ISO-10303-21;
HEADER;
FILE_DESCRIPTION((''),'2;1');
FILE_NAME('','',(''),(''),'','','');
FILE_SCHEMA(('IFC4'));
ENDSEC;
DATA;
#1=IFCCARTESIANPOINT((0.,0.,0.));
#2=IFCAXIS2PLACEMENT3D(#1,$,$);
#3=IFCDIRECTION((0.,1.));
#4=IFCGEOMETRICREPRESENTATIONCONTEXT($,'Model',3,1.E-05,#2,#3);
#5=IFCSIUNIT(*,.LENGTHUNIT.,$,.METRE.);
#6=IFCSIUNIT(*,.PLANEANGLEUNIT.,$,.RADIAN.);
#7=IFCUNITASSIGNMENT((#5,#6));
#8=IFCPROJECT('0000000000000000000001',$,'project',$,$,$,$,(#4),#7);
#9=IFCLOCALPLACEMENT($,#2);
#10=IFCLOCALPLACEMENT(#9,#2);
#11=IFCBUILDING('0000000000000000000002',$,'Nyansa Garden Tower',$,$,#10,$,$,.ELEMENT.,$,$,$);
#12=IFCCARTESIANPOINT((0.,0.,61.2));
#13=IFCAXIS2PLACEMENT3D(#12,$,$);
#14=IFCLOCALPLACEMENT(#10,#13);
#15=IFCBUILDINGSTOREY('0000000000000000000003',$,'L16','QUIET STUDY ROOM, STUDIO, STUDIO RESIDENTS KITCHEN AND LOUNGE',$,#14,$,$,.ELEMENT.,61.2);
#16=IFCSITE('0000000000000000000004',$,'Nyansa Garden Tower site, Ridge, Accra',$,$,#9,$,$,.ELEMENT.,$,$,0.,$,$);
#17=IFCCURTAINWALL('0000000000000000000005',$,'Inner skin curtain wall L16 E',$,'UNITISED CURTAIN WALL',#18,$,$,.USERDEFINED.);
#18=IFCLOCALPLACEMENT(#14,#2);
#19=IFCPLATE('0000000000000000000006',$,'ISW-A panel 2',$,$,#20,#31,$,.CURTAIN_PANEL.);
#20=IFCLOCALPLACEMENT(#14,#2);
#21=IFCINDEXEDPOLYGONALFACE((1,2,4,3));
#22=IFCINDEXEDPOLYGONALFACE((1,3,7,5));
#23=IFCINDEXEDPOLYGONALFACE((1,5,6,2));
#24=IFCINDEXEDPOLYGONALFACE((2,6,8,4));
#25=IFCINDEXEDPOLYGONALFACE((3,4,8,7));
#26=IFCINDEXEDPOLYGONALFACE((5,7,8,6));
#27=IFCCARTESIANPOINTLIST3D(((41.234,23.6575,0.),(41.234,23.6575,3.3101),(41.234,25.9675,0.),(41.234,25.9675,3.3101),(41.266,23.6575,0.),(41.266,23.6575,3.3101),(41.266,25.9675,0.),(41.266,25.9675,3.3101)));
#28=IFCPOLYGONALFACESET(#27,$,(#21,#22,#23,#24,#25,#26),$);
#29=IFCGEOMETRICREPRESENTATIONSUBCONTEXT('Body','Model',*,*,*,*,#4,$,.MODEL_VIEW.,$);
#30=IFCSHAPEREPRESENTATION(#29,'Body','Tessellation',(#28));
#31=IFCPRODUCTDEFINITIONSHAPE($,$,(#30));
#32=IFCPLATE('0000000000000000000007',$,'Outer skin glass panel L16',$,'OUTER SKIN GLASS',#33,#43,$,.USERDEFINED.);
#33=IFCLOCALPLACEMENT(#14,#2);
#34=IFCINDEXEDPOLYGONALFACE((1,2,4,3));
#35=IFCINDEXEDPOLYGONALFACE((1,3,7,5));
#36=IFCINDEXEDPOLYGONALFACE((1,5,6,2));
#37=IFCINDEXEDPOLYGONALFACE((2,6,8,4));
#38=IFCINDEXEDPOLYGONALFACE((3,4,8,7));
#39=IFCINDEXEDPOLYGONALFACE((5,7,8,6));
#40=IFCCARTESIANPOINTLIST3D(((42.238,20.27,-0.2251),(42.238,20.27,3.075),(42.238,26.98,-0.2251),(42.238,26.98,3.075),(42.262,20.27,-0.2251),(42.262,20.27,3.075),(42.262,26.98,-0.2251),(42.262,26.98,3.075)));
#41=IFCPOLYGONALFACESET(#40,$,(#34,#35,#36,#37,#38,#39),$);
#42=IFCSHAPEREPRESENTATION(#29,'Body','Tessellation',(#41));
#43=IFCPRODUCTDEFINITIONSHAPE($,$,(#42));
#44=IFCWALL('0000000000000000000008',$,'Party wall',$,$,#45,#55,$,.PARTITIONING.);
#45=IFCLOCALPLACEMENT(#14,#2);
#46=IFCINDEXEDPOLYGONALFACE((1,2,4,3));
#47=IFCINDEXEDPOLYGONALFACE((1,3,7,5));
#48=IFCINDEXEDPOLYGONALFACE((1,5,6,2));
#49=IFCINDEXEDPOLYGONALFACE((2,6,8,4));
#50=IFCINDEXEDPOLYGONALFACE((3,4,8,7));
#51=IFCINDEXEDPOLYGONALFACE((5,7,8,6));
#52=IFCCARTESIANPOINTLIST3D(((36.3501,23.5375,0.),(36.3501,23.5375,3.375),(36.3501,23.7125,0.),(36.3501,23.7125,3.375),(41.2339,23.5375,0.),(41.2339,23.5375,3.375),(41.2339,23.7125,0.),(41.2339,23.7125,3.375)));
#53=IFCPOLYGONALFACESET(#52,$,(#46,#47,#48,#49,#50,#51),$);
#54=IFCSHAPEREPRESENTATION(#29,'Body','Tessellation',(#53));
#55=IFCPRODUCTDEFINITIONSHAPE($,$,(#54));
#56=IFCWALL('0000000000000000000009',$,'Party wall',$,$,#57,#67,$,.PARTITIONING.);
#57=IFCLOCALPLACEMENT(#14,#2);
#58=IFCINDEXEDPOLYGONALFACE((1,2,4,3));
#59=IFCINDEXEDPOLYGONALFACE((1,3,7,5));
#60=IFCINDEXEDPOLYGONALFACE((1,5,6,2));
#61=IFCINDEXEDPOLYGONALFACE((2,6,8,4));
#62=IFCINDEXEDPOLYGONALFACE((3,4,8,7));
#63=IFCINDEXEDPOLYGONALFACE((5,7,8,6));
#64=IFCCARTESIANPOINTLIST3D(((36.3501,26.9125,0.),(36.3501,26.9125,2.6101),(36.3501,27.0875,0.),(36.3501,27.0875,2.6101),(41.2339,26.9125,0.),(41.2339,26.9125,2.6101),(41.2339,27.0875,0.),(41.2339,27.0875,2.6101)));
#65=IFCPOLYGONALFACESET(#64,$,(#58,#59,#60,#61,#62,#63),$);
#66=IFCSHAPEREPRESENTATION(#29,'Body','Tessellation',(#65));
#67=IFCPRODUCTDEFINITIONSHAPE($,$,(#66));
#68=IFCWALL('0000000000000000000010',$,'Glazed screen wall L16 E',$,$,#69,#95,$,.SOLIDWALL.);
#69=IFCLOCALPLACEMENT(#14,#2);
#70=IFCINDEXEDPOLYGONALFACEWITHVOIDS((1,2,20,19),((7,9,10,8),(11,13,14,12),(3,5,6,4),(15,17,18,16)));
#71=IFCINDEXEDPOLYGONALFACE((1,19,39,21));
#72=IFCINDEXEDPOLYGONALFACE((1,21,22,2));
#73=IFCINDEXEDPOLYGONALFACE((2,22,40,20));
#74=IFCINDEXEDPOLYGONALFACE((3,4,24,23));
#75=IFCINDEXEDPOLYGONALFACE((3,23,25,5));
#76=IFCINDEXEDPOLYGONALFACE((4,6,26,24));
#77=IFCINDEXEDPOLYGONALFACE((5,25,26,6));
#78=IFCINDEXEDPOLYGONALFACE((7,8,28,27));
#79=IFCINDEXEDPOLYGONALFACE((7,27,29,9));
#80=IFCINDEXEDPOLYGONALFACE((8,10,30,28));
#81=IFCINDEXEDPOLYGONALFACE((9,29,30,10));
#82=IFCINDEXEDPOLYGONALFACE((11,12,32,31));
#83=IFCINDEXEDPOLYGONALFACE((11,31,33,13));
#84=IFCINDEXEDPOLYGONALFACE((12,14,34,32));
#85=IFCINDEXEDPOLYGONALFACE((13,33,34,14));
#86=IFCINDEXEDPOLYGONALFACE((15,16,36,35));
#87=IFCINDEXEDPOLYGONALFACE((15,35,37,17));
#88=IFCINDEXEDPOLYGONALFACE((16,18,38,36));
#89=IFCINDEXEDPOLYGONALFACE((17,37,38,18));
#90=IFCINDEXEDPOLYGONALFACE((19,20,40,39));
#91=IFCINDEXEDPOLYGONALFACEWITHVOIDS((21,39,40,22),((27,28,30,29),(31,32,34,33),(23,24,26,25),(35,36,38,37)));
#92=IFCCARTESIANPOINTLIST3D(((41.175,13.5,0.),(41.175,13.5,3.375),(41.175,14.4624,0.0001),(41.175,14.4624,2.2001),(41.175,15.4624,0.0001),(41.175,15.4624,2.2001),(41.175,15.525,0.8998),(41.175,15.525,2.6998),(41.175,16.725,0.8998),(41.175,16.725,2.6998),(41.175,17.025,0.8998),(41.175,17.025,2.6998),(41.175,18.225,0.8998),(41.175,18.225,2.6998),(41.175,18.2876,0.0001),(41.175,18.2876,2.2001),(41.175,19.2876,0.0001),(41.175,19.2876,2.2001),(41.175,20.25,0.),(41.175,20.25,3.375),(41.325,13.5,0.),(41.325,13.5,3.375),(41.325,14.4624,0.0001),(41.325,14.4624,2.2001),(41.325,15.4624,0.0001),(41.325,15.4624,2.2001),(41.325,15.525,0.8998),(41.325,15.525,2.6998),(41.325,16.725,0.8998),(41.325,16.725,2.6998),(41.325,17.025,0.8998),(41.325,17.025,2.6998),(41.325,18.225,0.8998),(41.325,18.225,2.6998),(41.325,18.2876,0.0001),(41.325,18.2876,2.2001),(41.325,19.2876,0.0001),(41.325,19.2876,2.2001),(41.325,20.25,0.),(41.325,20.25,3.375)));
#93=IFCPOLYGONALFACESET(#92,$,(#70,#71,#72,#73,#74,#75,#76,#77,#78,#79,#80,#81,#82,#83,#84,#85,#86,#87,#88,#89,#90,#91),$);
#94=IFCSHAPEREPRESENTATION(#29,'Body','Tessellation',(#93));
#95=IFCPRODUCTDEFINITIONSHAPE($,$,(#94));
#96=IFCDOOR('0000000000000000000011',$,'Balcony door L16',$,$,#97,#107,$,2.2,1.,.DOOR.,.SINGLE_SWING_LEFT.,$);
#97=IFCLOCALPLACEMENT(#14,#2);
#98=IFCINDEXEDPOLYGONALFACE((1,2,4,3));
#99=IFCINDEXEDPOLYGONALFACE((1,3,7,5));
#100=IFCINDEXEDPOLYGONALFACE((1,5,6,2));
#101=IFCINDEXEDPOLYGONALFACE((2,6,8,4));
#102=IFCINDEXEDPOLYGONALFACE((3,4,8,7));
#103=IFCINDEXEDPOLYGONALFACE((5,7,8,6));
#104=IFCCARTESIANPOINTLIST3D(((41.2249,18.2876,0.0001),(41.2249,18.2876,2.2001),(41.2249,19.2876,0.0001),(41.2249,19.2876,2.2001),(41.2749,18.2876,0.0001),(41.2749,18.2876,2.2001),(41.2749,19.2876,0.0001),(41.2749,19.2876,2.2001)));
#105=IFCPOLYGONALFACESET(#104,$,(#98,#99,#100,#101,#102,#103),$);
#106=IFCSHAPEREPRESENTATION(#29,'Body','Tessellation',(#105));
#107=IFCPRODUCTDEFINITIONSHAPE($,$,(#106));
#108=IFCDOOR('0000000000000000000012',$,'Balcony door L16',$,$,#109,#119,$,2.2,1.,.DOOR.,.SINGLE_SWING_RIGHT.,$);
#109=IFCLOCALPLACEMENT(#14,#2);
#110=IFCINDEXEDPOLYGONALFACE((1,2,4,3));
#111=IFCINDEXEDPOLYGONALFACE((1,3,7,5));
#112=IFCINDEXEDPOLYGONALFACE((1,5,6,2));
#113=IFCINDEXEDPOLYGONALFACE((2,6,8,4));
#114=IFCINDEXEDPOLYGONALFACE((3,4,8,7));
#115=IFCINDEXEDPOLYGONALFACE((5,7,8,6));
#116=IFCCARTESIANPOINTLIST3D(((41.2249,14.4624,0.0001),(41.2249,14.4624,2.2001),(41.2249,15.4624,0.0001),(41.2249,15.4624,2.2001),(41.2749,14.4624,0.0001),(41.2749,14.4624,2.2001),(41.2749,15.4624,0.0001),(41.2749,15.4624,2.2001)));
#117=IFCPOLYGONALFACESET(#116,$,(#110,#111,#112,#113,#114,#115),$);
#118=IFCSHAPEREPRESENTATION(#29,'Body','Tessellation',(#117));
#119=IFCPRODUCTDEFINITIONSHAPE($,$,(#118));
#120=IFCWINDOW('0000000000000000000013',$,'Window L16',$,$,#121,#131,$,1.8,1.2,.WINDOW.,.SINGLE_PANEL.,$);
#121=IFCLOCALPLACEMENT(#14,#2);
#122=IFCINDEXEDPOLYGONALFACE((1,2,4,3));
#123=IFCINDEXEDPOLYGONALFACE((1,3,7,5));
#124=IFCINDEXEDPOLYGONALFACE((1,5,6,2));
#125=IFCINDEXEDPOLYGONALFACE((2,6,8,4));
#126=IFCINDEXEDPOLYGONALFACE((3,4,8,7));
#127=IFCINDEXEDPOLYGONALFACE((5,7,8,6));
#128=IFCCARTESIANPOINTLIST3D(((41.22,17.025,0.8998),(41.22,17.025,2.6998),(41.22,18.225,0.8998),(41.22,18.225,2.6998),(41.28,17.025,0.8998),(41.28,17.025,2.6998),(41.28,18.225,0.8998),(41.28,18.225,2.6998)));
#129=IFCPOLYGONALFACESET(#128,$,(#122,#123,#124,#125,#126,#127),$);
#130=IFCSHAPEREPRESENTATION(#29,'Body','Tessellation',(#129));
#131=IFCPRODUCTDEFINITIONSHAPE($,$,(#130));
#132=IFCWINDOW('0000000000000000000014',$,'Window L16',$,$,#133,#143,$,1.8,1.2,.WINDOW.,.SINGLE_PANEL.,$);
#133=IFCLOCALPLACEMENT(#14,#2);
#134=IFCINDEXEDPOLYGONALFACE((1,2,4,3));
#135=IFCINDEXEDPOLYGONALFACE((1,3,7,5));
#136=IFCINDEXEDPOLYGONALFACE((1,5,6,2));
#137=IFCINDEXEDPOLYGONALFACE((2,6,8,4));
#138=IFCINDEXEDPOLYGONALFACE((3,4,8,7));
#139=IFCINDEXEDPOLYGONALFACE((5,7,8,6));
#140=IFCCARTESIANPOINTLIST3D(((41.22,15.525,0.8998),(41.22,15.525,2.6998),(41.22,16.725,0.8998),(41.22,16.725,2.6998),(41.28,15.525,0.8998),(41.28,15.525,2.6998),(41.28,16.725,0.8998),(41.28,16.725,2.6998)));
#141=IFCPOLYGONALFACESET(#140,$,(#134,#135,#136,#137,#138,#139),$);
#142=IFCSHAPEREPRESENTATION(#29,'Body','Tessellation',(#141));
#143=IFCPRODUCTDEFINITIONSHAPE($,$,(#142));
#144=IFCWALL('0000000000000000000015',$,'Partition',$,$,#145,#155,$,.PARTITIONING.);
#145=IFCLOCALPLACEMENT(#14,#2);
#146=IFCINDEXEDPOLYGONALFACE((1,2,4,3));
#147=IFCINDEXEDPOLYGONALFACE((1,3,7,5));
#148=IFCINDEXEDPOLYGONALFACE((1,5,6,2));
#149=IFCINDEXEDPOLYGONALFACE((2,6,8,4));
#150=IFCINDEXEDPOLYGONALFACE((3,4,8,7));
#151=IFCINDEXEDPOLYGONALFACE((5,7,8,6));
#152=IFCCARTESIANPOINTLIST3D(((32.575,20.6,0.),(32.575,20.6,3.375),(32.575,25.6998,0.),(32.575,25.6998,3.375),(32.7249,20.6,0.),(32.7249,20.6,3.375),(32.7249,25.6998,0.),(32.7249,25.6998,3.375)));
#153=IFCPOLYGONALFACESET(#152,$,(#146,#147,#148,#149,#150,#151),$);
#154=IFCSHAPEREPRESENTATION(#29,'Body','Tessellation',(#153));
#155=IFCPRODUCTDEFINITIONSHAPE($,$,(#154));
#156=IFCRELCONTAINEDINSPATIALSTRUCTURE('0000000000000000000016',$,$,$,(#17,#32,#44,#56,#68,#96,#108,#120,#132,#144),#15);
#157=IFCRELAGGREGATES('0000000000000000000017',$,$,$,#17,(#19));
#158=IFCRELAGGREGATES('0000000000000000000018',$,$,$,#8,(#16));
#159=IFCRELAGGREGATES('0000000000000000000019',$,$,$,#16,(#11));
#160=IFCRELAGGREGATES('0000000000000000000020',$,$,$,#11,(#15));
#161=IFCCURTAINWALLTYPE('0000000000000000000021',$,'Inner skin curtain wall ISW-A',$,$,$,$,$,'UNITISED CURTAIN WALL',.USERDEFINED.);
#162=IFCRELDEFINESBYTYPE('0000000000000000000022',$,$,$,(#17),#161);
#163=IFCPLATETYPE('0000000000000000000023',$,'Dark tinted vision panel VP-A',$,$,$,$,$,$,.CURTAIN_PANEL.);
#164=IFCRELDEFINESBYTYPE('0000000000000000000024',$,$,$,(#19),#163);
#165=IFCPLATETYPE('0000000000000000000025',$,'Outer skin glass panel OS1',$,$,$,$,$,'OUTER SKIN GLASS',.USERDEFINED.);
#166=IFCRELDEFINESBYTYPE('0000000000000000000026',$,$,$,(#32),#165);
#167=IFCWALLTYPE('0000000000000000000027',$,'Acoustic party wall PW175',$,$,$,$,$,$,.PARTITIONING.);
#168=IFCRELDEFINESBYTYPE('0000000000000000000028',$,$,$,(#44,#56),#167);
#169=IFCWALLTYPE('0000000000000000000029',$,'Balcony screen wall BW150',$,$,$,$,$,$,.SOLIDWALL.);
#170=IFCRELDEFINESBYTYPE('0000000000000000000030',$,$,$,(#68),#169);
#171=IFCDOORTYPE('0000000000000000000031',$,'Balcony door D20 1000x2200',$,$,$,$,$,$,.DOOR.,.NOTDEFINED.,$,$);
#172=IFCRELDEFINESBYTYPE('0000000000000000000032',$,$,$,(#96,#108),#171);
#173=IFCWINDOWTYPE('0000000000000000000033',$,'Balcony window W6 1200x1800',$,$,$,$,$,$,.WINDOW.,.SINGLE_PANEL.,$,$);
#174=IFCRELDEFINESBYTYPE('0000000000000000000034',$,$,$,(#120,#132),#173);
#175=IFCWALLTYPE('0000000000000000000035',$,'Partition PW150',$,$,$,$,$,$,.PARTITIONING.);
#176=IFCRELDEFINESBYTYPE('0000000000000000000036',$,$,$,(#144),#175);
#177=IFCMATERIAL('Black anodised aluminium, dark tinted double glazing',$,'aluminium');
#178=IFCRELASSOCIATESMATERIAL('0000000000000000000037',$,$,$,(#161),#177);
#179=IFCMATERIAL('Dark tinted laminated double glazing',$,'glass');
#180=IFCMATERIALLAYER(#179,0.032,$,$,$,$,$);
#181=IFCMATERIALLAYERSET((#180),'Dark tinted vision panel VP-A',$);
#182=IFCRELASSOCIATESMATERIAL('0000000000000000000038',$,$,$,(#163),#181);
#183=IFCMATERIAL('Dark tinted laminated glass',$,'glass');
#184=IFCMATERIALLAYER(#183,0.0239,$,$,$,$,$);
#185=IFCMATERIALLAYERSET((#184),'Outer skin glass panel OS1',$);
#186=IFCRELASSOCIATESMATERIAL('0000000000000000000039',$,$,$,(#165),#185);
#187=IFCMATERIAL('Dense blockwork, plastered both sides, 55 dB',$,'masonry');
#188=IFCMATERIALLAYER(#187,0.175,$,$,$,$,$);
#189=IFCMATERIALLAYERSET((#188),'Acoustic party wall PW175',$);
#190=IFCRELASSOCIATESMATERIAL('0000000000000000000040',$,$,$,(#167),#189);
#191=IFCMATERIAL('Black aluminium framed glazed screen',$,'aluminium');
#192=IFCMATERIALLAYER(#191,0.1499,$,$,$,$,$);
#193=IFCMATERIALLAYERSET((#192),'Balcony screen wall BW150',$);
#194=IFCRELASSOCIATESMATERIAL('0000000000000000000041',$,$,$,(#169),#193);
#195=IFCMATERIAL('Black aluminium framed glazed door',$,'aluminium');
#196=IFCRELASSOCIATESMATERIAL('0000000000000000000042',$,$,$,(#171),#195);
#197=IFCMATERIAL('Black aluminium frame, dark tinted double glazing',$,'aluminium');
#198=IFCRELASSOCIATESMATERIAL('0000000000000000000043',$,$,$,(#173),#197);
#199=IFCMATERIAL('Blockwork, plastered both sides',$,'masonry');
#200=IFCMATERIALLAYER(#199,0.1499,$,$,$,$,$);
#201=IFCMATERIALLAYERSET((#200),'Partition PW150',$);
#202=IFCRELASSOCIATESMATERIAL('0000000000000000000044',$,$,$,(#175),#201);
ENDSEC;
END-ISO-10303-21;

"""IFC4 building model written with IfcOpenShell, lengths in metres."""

from ifc_helpers import new_model, si_unit, direction, frame, frame_2d, origin, origin_2d, place, context, subcontext, project, spatial, rectangle, extrude, material, layer, layer_set, type_object, element, fill, aggregate, save


model = new_model("IFC4")

# Units and contexts
model_context = context("Model", 3, precision=1e-05, world=origin(), true_north=direction((0.0, 1.0)))
body_context = subcontext(model_context, "Body", "Model", "MODEL_VIEW")
ifc_project = project(units=[si_unit("LENGTHUNIT", "METRE"), si_unit("PLANEANGLEUNIT", "RADIAN")], contexts=[model_context])

# Site, building, storey
site_placement = place(None, origin())
site = spatial("IfcSite", under=ifc_project, at=site_placement, Name="Nyansa Garden Tower site, Ridge, Accra", CompositionType="ELEMENT", RefElevation=0.0)
building_placement = place(site_placement, origin())
building = spatial("IfcBuilding", under=site, at=building_placement, Name="Nyansa Garden Tower", CompositionType="ELEMENT")
storey_placement = place(building_placement, frame((0.0, 0.0, 61.2)))
storey = spatial("IfcBuildingStorey", under=building, at=storey_placement, Name="L16", Description="QUIET STUDY ROOM, STUDIO, STUDIO RESIDENTS KITCHEN AND LOUNGE", CompositionType="ELEMENT", Elevation=61.2)

# Curtain wall
ifc_material_1 = material(Name="Black anodised aluminium, dark tinted double glazing", Category="aluminium")
curtain_wall_type = type_object("IfcCurtainWallType", Name="Inner skin curtain wall ISW-A", ElementType="UNITISED CURTAIN WALL", PredefinedType="USERDEFINED", material=ifc_material_1)
curtain_wall_placement = place(storey_placement, origin())
curtain_wall = element("IfcCurtainWall", 1, at=curtain_wall_placement, inside=storey, type_object=curtain_wall_type, Name="Inner skin curtain wall L16 E", ObjectType="UNITISED CURTAIN WALL", PredefinedType="USERDEFINED")

# Plates
ifc_material_2 = material(Name="Dark tinted laminated double glazing", Category="glass")
ifc_layer_1 = layer(ifc_material_2, 0.032)
ifc_layer_set_1 = layer_set([ifc_layer_1], Name="Dark tinted vision panel VP-A")
plate_type_1 = type_object("IfcPlateType", Name="Dark tinted vision panel VP-A", PredefinedType="CURTAIN_PANEL", material=ifc_layer_set_1)
plate_1_placement = place(storey_placement, frame((41.25, 24.8125, 0.0), z_axis=(0.0, 0.0, 1.0), x_axis=(0.0, 1.0, 0.0)))
plate_1 = element("IfcPlate", 2, at=plate_1_placement, type_object=plate_type_1, Name="ISW-A panel 2", PredefinedType="CURTAIN_PANEL", context=body_context, shape_type="SweptSolid", body=[
    extrude(rectangle(XDim=2.3101, YDim=0.032, at=origin_2d()), origin(), (0.0, 0.0, 1.0), 3.3101),
])
aggregate(curtain_wall, [plate_1])
ifc_material_3 = material(Name="Dark tinted laminated glass", Category="glass")
ifc_layer_2 = layer(ifc_material_3, 0.0239)
ifc_layer_set_2 = layer_set([ifc_layer_2], Name="Outer skin glass panel OS1")
plate_type_2 = type_object("IfcPlateType", Name="Outer skin glass panel OS1", ElementType="OUTER SKIN GLASS", PredefinedType="USERDEFINED", material=ifc_layer_set_2)
plate_2_placement = place(storey_placement, frame((42.25, 23.625, -0.2251), z_axis=(0.0, 0.0, 1.0), x_axis=(0.0, 1.0, 0.0)))
element("IfcPlate", 3, at=plate_2_placement, inside=storey, type_object=plate_type_2, Name="Outer skin glass panel L16", ObjectType="OUTER SKIN GLASS", PredefinedType="USERDEFINED", context=body_context, shape_type="SweptSolid", body=[
    extrude(rectangle(XDim=6.71, YDim=0.0239, at=origin_2d()), origin(), (0.0, 0.0, 1.0), 3.3),
])

# Walls
ifc_material_4 = material(Name="Dense blockwork, plastered both sides, 55 dB", Category="masonry")
ifc_layer_3 = layer(ifc_material_4, 0.175)
ifc_layer_set_3 = layer_set([ifc_layer_3], Name="Acoustic party wall PW175")
wall_type_1 = type_object("IfcWallType", Name="Acoustic party wall PW175", PredefinedType="PARTITIONING", material=ifc_layer_set_3)
wall_1_placement = place(storey_placement, frame((36.3501, 23.625, 0.0), z_axis=(0.0, 0.0, 1.0), x_axis=(1.0, 0.0, 0.0)))
element("IfcWall", 4, at=wall_1_placement, inside=storey, type_object=wall_type_1, Name="Party wall", PredefinedType="PARTITIONING", context=body_context, shape_type="SweptSolid", body=[
    extrude(rectangle(XDim=4.8838, YDim=0.175, at=frame_2d((2.4419, 0.0))), origin(), (0.0, 0.0, 1.0), 3.375),
])
wall_2_placement = place(storey_placement, frame((36.3501, 27.0, 0.0), z_axis=(0.0, 0.0, 1.0), x_axis=(1.0, 0.0, 0.0)))
element("IfcWall", 5, at=wall_2_placement, inside=storey, type_object=wall_type_1, Name="Party wall", PredefinedType="PARTITIONING", context=body_context, shape_type="SweptSolid", body=[
    extrude(rectangle(XDim=4.8838, YDim=0.175, at=frame_2d((2.4419, 0.0))), origin(), (0.0, 0.0, 1.0), 2.6101),
])

# Wall, openings, doors, windows
ifc_material_5 = material(Name="Black aluminium framed glazed screen", Category="aluminium")
ifc_layer_4 = layer(ifc_material_5, 0.1499)
ifc_layer_set_4 = layer_set([ifc_layer_4], Name="Balcony screen wall BW150")
wall_type_2 = type_object("IfcWallType", Name="Balcony screen wall BW150", PredefinedType="SOLIDWALL", material=ifc_layer_set_4)
wall_3_placement = place(storey_placement, frame((41.25, 20.25, 0.0), z_axis=(0.0, 0.0, 1.0), x_axis=(0.0, -1.0, 0.0)))
wall_3 = element("IfcWall", 6, at=wall_3_placement, inside=storey, type_object=wall_type_2, Name="Glazed screen wall L16 E", PredefinedType="SOLIDWALL", context=body_context, shape_type="SweptSolid", body=[
    extrude(rectangle(XDim=6.75, YDim=0.1499, at=frame_2d((3.375, 0.0))), origin(), (0.0, 0.0, 1.0), 3.375),
])
opening_1_placement = place(wall_3_placement, frame((0.9624, 0.0, 0.0)))
opening_1 = element("IfcOpeningElement", 7, at=opening_1_placement, cuts=wall_3, PredefinedType="OPENING", context=body_context, shape_type="SweptSolid", body=[
    extrude(rectangle(XDim=1.0, YDim=2.2, at=frame_2d((0.5, 1.1001))), frame((0.0, 0.085, 0.0), z_axis=(0.0, -1.0, 0.0), x_axis=(1.0, 0.0, 0.0)), (0.0, 0.0, 1.0), 0.1699),
])
opening_2_placement = place(wall_3_placement, frame((2.0249, 0.0, 0.8999)))
opening_2 = element("IfcOpeningElement", 8, at=opening_2_placement, cuts=wall_3, PredefinedType="OPENING", context=body_context, shape_type="SweptSolid", body=[
    extrude(rectangle(XDim=1.2, YDim=1.8, at=frame_2d((0.6001, 0.8999))), frame((0.0, 0.085, 0.0), z_axis=(0.0, -1.0, 0.0), x_axis=(1.0, 0.0, 0.0)), (0.0, 0.0, 1.0), 0.1699),
])
opening_3_placement = place(wall_3_placement, frame((4.7876, 0.0, 0.0)))
opening_3 = element("IfcOpeningElement", 9, at=opening_3_placement, cuts=wall_3, PredefinedType="OPENING", context=body_context, shape_type="SweptSolid", body=[
    extrude(rectangle(XDim=1.0, YDim=2.2, at=frame_2d((0.5, 1.1001))), frame((0.0, 0.085, 0.0), z_axis=(0.0, -1.0, 0.0), x_axis=(1.0, 0.0, 0.0)), (0.0, 0.0, 1.0), 0.1699),
])
opening_4_placement = place(wall_3_placement, frame((3.5249, 0.0, 0.8999)))
opening_4 = element("IfcOpeningElement", 10, at=opening_4_placement, cuts=wall_3, PredefinedType="OPENING", context=body_context, shape_type="SweptSolid", body=[
    extrude(rectangle(XDim=1.2, YDim=1.8, at=frame_2d((0.6001, 0.8999))), frame((0.0, 0.085, 0.0), z_axis=(0.0, -1.0, 0.0), x_axis=(1.0, 0.0, 0.0)), (0.0, 0.0, 1.0), 0.1699),
])
ifc_material_6 = material(Name="Black aluminium framed glazed door", Category="aluminium")
door_type_1 = type_object("IfcDoorType", Name="Balcony door D20 1000x2200", OperationType="NOTDEFINED", PredefinedType="DOOR", material=ifc_material_6)
door_1_placement = place(opening_1_placement, origin())
door_1 = element("IfcDoor", 11, at=door_1_placement, inside=storey, type_object=door_type_1, Name="Balcony door L16", OperationType="SINGLE_SWING_LEFT", OverallHeight=2.2, OverallWidth=1.0, PredefinedType="DOOR", context=body_context, shape_type="SweptSolid", body=[
    extrude(rectangle(XDim=1.0, YDim=2.2, at=frame_2d((0.5, 1.1001))), frame((0.0, 0.0249, 0.0), z_axis=(0.0, -1.0, 0.0), x_axis=(1.0, 0.0, 0.0)), (0.0, 0.0, 1.0), 0.05),
])
fill(opening_1, door_1)
door_2_placement = place(opening_3_placement, origin())
door_2 = element("IfcDoor", 12, at=door_2_placement, inside=storey, type_object=door_type_1, Name="Balcony door L16", OperationType="SINGLE_SWING_RIGHT", OverallHeight=2.2, OverallWidth=1.0, PredefinedType="DOOR", context=body_context, shape_type="SweptSolid", body=[
    extrude(rectangle(XDim=1.0, YDim=2.2, at=frame_2d((0.5, 1.1001))), frame((0.0, 0.0249, 0.0), z_axis=(0.0, -1.0, 0.0), x_axis=(1.0, 0.0, 0.0)), (0.0, 0.0, 1.0), 0.05),
])
fill(opening_3, door_2)
ifc_material_7 = material(Name="Black aluminium frame, dark tinted double glazing", Category="aluminium")
window_type = type_object("IfcWindowType", Name="Balcony window W6 1200x1800", PartitioningType="SINGLE_PANEL", PredefinedType="WINDOW", material=ifc_material_7)
window_1_placement = place(opening_2_placement, origin())
window_1 = element("IfcWindow", 13, at=window_1_placement, inside=storey, type_object=window_type, Name="Window L16", OverallHeight=1.8, OverallWidth=1.2, PartitioningType="SINGLE_PANEL", PredefinedType="WINDOW", context=body_context, shape_type="SweptSolid", body=[
    extrude(rectangle(XDim=1.2, YDim=1.8, at=frame_2d((0.6001, 0.8999))), frame((0.0, 0.03, 0.0), z_axis=(0.0, -1.0, 0.0), x_axis=(1.0, 0.0, 0.0)), (0.0, 0.0, 1.0), 0.0601),
])
fill(opening_2, window_1)
window_2_placement = place(opening_4_placement, origin())
window_2 = element("IfcWindow", 14, at=window_2_placement, inside=storey, type_object=window_type, Name="Window L16", OverallHeight=1.8, OverallWidth=1.2, PartitioningType="SINGLE_PANEL", PredefinedType="WINDOW", context=body_context, shape_type="SweptSolid", body=[
    extrude(rectangle(XDim=1.2, YDim=1.8, at=frame_2d((0.6001, 0.8999))), frame((0.0, 0.03, 0.0), z_axis=(0.0, -1.0, 0.0), x_axis=(1.0, 0.0, 0.0)), (0.0, 0.0, 1.0), 0.0601),
])
fill(opening_4, window_2)

# Wall
ifc_material_8 = material(Name="Blockwork, plastered both sides", Category="masonry")
ifc_layer_5 = layer(ifc_material_8, 0.1499)
ifc_layer_set_5 = layer_set([ifc_layer_5], Name="Partition PW150")
wall_type_3 = type_object("IfcWallType", Name="Partition PW150", PredefinedType="PARTITIONING", material=ifc_layer_set_5)
wall_4_placement = place(storey_placement, frame((32.6499, 20.6001, 0.0), z_axis=(0.0, 0.0, 1.0), x_axis=(0.0, 1.0, 0.0)))
element("IfcWall", 15, at=wall_4_placement, inside=storey, type_object=wall_type_3, Name="Partition", PredefinedType="PARTITIONING", context=body_context, shape_type="SweptSolid", body=[
    extrude(rectangle(XDim=5.0999, YDim=0.1499, at=frame_2d((2.5498, 0.0))), origin(), (0.0, 0.0, 1.0), 3.375),
])

save(model, "model.ifc")
